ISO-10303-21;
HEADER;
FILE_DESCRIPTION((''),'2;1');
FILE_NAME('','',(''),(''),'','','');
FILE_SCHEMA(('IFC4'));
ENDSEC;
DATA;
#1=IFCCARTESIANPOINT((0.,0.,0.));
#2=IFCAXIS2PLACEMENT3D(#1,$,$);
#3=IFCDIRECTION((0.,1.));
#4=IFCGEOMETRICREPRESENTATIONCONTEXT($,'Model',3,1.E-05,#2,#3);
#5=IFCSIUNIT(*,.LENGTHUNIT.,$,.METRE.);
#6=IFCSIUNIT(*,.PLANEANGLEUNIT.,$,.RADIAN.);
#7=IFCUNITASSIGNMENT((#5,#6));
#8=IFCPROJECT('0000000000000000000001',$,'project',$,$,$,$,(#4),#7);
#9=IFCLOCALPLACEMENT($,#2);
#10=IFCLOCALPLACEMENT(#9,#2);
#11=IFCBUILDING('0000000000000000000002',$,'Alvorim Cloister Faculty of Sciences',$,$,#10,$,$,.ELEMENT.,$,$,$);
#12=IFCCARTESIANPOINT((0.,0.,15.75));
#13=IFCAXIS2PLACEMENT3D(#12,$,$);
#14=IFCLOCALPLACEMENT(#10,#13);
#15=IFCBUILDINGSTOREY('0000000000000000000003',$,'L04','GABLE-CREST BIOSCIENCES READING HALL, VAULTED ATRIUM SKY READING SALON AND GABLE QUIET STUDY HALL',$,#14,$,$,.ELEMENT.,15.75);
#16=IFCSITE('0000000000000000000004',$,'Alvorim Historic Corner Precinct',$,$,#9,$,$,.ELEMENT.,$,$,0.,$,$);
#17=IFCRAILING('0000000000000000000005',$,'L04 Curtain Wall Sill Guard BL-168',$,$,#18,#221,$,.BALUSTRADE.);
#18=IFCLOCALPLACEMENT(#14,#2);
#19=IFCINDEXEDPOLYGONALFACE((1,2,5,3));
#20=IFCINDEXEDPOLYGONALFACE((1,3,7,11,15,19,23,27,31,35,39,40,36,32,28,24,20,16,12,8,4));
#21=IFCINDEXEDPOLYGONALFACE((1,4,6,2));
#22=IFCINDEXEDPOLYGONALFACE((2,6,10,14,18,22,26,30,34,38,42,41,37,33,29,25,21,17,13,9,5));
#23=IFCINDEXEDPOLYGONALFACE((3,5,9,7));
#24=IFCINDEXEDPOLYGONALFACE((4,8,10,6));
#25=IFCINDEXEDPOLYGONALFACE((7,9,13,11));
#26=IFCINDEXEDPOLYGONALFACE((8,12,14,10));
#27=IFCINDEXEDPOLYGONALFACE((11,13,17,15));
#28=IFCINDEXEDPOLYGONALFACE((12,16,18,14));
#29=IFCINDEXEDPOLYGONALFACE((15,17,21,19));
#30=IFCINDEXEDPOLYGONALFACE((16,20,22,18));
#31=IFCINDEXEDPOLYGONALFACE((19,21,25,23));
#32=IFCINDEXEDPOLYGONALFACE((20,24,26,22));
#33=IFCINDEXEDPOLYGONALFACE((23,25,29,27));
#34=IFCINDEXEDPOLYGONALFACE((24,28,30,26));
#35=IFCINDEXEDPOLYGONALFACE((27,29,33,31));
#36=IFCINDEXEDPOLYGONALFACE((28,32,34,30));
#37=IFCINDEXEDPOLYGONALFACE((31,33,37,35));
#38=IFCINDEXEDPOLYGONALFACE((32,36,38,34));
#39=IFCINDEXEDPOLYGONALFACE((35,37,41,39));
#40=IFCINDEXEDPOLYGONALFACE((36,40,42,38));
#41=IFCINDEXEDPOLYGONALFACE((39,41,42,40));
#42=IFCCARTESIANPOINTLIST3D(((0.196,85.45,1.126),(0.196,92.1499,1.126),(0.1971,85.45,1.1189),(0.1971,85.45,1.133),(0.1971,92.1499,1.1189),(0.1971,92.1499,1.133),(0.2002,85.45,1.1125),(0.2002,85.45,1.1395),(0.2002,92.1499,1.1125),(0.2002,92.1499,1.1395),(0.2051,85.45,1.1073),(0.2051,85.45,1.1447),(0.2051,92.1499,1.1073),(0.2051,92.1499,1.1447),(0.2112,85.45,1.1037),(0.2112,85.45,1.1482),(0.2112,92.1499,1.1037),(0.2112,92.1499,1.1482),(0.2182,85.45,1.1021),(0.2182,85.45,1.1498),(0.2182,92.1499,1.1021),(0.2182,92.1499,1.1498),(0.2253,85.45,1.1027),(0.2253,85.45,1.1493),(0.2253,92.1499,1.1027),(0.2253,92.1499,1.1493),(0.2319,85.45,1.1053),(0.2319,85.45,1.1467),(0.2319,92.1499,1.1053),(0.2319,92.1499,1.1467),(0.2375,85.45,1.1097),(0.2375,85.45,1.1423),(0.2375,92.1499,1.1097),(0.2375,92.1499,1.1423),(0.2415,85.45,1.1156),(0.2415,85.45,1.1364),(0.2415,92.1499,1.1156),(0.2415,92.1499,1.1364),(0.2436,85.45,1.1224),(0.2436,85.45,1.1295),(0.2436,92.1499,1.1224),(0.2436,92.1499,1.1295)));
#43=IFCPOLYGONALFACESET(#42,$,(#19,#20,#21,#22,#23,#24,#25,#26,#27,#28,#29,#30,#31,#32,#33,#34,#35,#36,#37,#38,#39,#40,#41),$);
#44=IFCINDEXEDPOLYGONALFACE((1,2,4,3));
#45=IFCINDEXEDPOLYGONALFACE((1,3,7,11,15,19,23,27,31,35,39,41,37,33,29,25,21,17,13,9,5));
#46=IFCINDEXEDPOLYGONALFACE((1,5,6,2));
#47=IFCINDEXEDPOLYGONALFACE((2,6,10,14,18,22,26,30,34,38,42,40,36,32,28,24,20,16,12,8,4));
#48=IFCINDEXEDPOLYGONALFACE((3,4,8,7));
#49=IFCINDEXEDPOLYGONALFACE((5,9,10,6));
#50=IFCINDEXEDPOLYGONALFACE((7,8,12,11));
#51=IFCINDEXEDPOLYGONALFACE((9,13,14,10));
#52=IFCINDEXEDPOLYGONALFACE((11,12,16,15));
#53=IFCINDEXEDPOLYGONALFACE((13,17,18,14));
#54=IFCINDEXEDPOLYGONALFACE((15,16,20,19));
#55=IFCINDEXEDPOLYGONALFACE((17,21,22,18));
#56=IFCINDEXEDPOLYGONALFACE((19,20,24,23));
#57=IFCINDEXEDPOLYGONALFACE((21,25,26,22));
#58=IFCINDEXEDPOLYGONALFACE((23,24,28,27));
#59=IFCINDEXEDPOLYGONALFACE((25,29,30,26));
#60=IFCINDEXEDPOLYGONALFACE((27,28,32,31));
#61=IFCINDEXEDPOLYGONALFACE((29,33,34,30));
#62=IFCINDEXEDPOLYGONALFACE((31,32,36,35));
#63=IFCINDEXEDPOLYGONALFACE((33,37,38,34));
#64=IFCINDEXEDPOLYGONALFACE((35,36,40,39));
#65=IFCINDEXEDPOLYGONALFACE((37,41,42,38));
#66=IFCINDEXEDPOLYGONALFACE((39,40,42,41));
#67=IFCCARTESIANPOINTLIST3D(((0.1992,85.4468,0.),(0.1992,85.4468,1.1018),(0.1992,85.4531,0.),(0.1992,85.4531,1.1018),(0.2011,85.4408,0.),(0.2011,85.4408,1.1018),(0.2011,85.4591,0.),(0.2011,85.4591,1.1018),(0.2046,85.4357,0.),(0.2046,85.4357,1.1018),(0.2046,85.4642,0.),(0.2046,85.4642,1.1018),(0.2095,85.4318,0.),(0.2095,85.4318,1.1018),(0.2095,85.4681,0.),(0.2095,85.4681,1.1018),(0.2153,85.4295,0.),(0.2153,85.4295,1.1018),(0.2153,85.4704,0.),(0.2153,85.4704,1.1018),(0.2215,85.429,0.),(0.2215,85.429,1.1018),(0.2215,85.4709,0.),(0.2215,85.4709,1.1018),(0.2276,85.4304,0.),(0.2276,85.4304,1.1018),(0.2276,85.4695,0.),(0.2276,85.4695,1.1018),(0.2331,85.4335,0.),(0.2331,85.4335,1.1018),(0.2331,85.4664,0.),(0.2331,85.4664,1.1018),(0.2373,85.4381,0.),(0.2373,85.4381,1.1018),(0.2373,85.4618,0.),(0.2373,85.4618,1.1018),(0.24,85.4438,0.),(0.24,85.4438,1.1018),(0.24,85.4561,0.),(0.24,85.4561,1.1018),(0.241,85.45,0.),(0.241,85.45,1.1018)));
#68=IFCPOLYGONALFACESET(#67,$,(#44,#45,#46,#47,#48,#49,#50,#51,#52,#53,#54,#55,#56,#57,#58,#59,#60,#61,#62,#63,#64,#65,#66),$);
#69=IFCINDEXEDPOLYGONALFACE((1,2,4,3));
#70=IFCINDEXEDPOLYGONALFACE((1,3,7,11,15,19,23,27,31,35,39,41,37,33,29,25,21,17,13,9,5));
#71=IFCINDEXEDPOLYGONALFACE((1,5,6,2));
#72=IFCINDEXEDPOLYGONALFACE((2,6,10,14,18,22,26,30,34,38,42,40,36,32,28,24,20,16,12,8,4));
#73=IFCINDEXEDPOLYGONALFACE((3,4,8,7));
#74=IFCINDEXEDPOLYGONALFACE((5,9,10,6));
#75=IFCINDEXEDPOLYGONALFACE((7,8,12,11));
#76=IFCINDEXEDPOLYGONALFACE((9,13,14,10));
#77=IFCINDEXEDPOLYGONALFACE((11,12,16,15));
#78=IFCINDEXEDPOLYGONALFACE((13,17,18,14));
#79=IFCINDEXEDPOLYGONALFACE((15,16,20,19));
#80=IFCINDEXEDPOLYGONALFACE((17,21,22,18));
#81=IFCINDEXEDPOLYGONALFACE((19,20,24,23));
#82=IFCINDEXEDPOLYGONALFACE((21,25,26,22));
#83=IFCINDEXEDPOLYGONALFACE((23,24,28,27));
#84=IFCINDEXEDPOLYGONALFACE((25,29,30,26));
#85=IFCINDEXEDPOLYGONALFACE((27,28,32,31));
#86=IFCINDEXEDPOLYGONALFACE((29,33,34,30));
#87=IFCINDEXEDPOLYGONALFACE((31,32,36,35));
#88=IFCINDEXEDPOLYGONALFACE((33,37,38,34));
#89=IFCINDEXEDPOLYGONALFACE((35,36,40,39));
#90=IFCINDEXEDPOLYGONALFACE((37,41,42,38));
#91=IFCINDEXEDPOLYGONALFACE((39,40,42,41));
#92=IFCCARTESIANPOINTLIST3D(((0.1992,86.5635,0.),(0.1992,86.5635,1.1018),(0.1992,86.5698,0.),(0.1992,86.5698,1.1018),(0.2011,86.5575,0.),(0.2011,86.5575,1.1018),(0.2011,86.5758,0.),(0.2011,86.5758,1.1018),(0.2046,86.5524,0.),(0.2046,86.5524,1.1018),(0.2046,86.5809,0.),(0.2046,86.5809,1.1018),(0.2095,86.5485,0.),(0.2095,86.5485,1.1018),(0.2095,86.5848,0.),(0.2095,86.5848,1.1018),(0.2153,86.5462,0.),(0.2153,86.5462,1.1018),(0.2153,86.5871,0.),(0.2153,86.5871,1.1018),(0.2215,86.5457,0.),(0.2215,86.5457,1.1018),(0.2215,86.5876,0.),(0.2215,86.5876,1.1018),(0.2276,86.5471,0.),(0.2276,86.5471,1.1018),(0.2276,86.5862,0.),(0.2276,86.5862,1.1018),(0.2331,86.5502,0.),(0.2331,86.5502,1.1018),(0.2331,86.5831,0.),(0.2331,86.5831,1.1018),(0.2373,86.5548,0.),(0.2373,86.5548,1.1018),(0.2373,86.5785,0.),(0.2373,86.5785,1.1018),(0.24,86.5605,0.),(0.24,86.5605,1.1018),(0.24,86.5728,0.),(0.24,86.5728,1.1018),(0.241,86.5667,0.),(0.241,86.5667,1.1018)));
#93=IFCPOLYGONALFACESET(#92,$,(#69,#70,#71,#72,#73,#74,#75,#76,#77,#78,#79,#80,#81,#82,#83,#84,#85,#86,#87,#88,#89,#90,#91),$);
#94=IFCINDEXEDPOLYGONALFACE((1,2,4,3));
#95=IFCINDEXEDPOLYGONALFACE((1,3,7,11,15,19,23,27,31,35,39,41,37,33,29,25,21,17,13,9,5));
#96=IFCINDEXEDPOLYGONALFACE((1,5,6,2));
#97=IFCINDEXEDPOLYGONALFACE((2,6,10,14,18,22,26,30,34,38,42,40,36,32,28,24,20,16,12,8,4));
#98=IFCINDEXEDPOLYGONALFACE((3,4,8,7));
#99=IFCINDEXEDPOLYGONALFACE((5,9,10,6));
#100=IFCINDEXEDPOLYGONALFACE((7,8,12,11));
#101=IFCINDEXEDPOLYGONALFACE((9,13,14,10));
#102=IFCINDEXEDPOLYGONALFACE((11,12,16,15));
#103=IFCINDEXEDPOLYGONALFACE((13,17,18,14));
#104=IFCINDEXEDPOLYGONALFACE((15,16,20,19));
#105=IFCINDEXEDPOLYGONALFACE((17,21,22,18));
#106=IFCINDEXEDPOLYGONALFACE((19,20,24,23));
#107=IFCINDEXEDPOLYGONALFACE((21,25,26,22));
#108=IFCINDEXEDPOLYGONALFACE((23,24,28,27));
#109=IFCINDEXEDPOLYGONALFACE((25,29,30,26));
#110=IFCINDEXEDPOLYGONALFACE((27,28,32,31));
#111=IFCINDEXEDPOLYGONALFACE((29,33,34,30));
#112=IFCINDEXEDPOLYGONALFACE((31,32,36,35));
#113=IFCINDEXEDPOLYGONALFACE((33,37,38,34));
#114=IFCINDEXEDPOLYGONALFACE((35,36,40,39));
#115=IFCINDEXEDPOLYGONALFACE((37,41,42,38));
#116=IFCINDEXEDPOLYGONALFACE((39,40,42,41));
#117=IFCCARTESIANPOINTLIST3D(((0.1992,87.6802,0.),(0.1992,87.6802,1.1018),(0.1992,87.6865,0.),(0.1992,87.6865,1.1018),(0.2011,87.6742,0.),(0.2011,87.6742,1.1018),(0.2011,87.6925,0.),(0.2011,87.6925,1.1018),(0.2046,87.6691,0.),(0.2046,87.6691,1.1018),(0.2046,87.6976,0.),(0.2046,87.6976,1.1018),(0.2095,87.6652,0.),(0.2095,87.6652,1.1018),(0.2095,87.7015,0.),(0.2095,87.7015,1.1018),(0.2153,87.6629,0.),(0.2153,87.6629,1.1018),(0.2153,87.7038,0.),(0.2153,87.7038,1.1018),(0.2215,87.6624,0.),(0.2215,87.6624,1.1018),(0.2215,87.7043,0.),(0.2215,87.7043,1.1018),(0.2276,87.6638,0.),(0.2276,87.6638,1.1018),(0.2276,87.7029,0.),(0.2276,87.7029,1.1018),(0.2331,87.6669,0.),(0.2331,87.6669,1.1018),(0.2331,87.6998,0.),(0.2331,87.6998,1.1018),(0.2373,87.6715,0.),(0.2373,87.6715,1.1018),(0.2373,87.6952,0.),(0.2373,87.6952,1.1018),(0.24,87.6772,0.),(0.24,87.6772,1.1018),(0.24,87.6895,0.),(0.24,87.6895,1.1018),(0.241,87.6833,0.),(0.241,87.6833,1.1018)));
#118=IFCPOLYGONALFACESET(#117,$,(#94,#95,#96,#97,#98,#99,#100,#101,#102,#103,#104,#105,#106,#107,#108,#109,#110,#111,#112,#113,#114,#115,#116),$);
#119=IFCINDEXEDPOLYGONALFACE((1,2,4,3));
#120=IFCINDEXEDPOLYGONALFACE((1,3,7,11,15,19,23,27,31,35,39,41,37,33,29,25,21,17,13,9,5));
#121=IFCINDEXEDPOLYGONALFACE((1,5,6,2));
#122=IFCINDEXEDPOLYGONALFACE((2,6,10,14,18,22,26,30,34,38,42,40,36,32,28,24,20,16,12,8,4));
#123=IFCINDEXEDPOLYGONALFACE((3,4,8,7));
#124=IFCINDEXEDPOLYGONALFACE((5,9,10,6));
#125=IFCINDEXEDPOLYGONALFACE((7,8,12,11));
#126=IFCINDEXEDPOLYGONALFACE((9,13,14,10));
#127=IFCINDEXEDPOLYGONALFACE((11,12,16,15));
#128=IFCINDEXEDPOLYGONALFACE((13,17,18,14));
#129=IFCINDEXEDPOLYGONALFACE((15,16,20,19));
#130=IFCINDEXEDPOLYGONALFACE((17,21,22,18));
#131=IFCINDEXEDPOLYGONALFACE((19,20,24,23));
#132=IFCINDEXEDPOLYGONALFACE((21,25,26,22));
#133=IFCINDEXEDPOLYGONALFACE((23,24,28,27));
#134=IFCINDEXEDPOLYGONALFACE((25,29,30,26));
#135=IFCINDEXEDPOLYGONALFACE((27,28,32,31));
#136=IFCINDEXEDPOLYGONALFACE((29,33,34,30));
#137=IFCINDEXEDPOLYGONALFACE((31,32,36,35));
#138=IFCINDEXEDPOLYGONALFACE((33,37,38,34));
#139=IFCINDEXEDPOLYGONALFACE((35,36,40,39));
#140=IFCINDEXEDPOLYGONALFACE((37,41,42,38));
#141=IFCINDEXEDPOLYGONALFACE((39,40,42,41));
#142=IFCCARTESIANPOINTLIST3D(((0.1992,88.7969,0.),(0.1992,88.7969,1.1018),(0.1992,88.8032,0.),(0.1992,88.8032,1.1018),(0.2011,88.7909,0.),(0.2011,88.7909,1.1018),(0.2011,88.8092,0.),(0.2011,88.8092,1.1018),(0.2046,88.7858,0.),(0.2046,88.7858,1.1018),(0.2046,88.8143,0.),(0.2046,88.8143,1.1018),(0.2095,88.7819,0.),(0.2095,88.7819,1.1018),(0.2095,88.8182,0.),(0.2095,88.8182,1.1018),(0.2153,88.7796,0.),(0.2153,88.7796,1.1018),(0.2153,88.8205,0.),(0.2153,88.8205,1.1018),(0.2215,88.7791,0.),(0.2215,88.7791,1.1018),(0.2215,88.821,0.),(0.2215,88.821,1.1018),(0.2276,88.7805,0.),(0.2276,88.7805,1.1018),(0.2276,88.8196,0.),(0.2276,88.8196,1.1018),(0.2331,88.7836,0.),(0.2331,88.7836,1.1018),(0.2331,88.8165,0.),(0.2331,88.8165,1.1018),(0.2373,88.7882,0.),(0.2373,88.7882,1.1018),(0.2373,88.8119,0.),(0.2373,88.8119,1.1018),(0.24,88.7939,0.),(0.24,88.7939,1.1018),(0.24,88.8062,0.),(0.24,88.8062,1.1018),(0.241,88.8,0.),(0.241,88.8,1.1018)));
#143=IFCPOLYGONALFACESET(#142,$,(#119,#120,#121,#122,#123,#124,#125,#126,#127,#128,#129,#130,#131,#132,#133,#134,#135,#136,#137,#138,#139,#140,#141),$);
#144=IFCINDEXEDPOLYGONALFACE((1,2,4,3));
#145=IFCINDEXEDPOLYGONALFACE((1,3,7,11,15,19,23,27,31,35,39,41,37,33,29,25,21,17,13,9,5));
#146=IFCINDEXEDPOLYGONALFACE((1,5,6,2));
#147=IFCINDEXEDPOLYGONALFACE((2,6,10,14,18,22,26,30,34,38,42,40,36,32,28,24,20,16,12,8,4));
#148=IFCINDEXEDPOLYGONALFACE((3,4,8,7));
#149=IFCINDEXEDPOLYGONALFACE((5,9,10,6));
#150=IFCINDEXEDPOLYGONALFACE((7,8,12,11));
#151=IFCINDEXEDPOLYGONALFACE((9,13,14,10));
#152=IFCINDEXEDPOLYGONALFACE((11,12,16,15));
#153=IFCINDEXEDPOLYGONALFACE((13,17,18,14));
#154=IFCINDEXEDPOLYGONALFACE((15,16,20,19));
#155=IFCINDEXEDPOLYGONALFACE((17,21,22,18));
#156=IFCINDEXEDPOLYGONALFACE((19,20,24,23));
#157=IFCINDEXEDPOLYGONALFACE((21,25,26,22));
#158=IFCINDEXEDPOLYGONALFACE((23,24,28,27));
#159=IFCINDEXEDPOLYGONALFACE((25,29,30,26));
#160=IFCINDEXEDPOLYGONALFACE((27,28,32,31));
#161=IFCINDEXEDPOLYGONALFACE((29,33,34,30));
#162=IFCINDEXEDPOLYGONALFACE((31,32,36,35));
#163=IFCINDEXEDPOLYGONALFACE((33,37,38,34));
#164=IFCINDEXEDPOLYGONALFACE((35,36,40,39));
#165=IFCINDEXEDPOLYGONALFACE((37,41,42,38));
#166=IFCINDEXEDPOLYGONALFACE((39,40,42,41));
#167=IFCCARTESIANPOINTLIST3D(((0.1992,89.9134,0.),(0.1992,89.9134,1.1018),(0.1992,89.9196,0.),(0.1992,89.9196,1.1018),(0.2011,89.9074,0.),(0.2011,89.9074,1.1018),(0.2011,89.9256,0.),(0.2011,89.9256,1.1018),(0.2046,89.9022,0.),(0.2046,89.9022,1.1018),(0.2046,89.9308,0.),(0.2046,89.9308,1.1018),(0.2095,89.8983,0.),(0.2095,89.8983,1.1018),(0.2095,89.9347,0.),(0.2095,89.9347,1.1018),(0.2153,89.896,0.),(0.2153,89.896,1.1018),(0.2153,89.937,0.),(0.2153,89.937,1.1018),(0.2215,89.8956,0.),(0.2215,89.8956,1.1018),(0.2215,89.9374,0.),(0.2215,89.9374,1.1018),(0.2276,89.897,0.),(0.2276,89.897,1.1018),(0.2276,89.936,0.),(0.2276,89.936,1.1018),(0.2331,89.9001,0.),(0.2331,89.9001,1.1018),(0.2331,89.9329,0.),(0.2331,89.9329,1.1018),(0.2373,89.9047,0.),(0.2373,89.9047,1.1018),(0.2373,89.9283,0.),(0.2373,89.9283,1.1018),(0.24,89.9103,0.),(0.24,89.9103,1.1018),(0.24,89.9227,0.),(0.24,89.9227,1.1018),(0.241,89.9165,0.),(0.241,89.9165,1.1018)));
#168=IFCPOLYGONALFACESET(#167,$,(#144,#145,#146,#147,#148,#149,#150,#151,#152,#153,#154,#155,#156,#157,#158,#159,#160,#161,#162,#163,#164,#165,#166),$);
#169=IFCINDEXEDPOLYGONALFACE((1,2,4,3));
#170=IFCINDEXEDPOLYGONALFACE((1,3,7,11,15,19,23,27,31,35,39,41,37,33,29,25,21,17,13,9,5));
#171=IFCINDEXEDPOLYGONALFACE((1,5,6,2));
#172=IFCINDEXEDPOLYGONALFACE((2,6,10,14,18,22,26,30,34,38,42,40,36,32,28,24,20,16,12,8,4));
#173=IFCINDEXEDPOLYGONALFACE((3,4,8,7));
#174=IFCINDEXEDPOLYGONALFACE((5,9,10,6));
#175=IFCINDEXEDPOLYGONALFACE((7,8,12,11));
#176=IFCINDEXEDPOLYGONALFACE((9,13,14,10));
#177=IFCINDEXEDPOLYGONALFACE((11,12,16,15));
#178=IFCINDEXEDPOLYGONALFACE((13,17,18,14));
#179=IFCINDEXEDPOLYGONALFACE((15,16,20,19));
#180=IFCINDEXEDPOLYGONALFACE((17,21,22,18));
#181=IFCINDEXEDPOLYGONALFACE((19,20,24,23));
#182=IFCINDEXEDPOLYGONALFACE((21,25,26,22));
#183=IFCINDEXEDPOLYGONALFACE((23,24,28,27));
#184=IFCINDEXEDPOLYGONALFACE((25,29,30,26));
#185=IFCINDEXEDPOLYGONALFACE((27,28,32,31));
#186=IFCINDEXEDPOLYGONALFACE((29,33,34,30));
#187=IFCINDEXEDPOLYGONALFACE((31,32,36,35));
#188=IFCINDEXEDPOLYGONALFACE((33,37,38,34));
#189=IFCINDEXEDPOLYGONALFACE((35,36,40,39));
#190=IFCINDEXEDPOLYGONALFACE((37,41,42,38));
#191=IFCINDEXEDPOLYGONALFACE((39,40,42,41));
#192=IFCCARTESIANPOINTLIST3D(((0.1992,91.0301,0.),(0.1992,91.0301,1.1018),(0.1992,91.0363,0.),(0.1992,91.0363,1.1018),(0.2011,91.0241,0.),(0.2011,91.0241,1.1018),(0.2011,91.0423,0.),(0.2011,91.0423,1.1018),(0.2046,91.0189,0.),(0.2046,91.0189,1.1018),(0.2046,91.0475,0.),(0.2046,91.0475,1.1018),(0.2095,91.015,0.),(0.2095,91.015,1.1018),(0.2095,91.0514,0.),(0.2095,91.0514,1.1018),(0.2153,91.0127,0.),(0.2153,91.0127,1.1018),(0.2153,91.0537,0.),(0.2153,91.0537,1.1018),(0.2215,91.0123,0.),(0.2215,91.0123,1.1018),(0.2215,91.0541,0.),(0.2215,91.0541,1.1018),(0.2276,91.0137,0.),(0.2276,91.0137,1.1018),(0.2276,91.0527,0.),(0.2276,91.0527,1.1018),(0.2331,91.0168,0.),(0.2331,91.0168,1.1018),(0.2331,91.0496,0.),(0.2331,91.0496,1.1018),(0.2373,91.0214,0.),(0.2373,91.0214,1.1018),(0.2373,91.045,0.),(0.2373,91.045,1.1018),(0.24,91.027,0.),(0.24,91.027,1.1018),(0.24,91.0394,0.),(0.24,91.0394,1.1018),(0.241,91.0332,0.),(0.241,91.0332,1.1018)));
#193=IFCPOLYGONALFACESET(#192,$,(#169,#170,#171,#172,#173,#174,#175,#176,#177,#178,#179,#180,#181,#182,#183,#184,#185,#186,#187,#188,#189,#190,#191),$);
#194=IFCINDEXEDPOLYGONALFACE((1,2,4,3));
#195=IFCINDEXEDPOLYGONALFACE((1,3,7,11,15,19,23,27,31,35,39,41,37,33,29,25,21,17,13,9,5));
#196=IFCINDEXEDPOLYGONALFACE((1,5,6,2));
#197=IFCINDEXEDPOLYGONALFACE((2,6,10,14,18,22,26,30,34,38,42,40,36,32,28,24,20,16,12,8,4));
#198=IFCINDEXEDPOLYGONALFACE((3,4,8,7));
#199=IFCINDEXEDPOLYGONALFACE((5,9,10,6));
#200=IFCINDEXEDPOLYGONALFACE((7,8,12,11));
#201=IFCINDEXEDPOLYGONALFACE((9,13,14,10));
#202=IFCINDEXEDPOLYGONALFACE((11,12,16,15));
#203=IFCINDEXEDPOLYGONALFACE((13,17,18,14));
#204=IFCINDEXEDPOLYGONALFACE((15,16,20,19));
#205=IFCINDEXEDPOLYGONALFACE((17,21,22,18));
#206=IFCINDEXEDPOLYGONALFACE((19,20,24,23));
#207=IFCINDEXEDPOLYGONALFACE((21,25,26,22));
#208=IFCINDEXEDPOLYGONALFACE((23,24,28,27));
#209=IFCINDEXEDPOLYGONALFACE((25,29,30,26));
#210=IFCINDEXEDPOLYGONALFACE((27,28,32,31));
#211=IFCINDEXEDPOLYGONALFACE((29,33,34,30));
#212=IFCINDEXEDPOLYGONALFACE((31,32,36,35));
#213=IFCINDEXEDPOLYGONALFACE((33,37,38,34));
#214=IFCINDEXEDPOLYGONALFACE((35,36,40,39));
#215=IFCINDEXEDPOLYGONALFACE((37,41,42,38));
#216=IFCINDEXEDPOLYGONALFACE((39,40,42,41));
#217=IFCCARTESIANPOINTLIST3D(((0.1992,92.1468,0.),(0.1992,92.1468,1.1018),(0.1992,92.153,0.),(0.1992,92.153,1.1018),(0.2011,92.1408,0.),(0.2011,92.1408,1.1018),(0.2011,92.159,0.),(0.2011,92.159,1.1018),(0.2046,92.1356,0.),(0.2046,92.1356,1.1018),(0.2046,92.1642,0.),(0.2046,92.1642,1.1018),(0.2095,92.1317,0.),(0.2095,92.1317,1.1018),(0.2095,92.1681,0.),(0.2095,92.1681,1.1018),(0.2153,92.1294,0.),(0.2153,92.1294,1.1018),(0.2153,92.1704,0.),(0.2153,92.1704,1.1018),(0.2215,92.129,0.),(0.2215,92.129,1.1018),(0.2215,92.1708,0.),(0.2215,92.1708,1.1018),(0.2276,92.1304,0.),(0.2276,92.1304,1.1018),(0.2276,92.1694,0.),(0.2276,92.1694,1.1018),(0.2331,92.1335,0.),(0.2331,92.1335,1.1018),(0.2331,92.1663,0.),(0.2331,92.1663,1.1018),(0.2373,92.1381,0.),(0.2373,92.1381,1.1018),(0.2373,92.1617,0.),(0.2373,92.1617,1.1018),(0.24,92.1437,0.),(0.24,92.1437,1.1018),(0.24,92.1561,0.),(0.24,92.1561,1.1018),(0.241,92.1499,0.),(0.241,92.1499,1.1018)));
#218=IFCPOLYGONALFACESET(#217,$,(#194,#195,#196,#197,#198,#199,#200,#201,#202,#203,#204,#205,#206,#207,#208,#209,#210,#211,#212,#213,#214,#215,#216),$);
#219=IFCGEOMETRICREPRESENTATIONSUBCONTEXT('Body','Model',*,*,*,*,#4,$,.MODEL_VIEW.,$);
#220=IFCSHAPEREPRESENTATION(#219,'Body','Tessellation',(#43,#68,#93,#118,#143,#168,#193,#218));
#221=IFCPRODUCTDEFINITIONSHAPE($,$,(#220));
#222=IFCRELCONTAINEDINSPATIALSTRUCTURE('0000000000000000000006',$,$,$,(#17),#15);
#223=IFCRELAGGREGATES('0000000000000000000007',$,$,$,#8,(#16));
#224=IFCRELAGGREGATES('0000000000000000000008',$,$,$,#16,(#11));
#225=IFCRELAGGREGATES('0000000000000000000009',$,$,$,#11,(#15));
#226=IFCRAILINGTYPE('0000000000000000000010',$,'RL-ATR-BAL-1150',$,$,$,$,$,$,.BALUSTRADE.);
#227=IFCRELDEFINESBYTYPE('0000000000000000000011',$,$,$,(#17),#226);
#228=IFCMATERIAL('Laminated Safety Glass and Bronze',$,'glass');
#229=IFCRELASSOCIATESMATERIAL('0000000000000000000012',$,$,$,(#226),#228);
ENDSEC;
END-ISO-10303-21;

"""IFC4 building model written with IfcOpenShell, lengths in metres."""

from ifc_helpers import new_model, si_unit, direction, frame, origin, origin_2d, place, context, subcontext, project, spatial, circle, extrude, material, type_object, element, save


model = new_model("IFC4")

# Units and contexts
model_context = context("Model", 3, precision=1e-05, world=origin(), true_north=direction((0.0, 1.0)))
body_context = subcontext(model_context, "Body", "Model", "MODEL_VIEW")
ifc_project = project(units=[si_unit("LENGTHUNIT", "METRE"), si_unit("PLANEANGLEUNIT", "RADIAN")], contexts=[model_context])

# Site, building, storey
site_placement = place(None, origin())
site = spatial("IfcSite", under=ifc_project, at=site_placement, Name="Alvorim Historic Corner Precinct", CompositionType="ELEMENT", RefElevation=0.0)
building_placement = place(site_placement, origin())
building = spatial("IfcBuilding", under=site, at=building_placement, Name="Alvorim Cloister Faculty of Sciences", CompositionType="ELEMENT")
storey_placement = place(building_placement, frame((0.0, 0.0, 15.75)))
storey = spatial("IfcBuildingStorey", under=building, at=storey_placement, Name="L04", Description="GABLE-CREST BIOSCIENCES READING HALL, VAULTED ATRIUM SKY READING SALON AND GABLE QUIET STUDY HALL", CompositionType="ELEMENT", Elevation=15.75)

# Railing
ifc_material_1 = material(Name="Laminated Safety Glass and Bronze", Category="glass")
railing_type = type_object("IfcRailingType", Name="RL-ATR-BAL-1150", PredefinedType="BALUSTRADE", material=ifc_material_1)
railing_1_placement = place(storey_placement, frame((0.22, 85.45, 0.0)))
element("IfcRailing", 1, at=railing_1_placement, inside=storey, type_object=railing_type, Name="L04 Curtain Wall Sill Guard BL-168", PredefinedType="BALUSTRADE", context=body_context, shape_type="SweptSolid", body=[
    extrude(circle(Radius=0.0239, at=origin_2d()), frame((0.0, 0.0, 1.126), z_axis=(0.0, 1.0, 0.0), x_axis=(-1.0, 0.0, 0.0)), (0.0, 0.0, 1.0), 6.7),
    extrude(circle(Radius=0.021, at=origin_2d()), origin(), (0.0, 0.0, 1.0), 1.1018),
    extrude(circle(Radius=0.021, at=origin_2d()), frame((0.0, 1.1167, 0.0)), (0.0, 0.0, 1.0), 1.1018),
    extrude(circle(Radius=0.021, at=origin_2d()), frame((0.0, 2.2334, 0.0)), (0.0, 0.0, 1.0), 1.1018),
    extrude(circle(Radius=0.021, at=origin_2d()), frame((0.0, 3.3501, 0.0)), (0.0, 0.0, 1.0), 1.1018),
    extrude(circle(Radius=0.021, at=origin_2d()), frame((0.0, 4.4666, 0.0)), (0.0, 0.0, 1.0), 1.1018),
    extrude(circle(Radius=0.021, at=origin_2d()), frame((0.0, 5.5833, 0.0)), (0.0, 0.0, 1.0), 1.1018),
    extrude(circle(Radius=0.021, at=origin_2d()), frame((0.0, 6.7, 0.0)), (0.0, 0.0, 1.0), 1.1018),
])

save(model, "model.ifc")
